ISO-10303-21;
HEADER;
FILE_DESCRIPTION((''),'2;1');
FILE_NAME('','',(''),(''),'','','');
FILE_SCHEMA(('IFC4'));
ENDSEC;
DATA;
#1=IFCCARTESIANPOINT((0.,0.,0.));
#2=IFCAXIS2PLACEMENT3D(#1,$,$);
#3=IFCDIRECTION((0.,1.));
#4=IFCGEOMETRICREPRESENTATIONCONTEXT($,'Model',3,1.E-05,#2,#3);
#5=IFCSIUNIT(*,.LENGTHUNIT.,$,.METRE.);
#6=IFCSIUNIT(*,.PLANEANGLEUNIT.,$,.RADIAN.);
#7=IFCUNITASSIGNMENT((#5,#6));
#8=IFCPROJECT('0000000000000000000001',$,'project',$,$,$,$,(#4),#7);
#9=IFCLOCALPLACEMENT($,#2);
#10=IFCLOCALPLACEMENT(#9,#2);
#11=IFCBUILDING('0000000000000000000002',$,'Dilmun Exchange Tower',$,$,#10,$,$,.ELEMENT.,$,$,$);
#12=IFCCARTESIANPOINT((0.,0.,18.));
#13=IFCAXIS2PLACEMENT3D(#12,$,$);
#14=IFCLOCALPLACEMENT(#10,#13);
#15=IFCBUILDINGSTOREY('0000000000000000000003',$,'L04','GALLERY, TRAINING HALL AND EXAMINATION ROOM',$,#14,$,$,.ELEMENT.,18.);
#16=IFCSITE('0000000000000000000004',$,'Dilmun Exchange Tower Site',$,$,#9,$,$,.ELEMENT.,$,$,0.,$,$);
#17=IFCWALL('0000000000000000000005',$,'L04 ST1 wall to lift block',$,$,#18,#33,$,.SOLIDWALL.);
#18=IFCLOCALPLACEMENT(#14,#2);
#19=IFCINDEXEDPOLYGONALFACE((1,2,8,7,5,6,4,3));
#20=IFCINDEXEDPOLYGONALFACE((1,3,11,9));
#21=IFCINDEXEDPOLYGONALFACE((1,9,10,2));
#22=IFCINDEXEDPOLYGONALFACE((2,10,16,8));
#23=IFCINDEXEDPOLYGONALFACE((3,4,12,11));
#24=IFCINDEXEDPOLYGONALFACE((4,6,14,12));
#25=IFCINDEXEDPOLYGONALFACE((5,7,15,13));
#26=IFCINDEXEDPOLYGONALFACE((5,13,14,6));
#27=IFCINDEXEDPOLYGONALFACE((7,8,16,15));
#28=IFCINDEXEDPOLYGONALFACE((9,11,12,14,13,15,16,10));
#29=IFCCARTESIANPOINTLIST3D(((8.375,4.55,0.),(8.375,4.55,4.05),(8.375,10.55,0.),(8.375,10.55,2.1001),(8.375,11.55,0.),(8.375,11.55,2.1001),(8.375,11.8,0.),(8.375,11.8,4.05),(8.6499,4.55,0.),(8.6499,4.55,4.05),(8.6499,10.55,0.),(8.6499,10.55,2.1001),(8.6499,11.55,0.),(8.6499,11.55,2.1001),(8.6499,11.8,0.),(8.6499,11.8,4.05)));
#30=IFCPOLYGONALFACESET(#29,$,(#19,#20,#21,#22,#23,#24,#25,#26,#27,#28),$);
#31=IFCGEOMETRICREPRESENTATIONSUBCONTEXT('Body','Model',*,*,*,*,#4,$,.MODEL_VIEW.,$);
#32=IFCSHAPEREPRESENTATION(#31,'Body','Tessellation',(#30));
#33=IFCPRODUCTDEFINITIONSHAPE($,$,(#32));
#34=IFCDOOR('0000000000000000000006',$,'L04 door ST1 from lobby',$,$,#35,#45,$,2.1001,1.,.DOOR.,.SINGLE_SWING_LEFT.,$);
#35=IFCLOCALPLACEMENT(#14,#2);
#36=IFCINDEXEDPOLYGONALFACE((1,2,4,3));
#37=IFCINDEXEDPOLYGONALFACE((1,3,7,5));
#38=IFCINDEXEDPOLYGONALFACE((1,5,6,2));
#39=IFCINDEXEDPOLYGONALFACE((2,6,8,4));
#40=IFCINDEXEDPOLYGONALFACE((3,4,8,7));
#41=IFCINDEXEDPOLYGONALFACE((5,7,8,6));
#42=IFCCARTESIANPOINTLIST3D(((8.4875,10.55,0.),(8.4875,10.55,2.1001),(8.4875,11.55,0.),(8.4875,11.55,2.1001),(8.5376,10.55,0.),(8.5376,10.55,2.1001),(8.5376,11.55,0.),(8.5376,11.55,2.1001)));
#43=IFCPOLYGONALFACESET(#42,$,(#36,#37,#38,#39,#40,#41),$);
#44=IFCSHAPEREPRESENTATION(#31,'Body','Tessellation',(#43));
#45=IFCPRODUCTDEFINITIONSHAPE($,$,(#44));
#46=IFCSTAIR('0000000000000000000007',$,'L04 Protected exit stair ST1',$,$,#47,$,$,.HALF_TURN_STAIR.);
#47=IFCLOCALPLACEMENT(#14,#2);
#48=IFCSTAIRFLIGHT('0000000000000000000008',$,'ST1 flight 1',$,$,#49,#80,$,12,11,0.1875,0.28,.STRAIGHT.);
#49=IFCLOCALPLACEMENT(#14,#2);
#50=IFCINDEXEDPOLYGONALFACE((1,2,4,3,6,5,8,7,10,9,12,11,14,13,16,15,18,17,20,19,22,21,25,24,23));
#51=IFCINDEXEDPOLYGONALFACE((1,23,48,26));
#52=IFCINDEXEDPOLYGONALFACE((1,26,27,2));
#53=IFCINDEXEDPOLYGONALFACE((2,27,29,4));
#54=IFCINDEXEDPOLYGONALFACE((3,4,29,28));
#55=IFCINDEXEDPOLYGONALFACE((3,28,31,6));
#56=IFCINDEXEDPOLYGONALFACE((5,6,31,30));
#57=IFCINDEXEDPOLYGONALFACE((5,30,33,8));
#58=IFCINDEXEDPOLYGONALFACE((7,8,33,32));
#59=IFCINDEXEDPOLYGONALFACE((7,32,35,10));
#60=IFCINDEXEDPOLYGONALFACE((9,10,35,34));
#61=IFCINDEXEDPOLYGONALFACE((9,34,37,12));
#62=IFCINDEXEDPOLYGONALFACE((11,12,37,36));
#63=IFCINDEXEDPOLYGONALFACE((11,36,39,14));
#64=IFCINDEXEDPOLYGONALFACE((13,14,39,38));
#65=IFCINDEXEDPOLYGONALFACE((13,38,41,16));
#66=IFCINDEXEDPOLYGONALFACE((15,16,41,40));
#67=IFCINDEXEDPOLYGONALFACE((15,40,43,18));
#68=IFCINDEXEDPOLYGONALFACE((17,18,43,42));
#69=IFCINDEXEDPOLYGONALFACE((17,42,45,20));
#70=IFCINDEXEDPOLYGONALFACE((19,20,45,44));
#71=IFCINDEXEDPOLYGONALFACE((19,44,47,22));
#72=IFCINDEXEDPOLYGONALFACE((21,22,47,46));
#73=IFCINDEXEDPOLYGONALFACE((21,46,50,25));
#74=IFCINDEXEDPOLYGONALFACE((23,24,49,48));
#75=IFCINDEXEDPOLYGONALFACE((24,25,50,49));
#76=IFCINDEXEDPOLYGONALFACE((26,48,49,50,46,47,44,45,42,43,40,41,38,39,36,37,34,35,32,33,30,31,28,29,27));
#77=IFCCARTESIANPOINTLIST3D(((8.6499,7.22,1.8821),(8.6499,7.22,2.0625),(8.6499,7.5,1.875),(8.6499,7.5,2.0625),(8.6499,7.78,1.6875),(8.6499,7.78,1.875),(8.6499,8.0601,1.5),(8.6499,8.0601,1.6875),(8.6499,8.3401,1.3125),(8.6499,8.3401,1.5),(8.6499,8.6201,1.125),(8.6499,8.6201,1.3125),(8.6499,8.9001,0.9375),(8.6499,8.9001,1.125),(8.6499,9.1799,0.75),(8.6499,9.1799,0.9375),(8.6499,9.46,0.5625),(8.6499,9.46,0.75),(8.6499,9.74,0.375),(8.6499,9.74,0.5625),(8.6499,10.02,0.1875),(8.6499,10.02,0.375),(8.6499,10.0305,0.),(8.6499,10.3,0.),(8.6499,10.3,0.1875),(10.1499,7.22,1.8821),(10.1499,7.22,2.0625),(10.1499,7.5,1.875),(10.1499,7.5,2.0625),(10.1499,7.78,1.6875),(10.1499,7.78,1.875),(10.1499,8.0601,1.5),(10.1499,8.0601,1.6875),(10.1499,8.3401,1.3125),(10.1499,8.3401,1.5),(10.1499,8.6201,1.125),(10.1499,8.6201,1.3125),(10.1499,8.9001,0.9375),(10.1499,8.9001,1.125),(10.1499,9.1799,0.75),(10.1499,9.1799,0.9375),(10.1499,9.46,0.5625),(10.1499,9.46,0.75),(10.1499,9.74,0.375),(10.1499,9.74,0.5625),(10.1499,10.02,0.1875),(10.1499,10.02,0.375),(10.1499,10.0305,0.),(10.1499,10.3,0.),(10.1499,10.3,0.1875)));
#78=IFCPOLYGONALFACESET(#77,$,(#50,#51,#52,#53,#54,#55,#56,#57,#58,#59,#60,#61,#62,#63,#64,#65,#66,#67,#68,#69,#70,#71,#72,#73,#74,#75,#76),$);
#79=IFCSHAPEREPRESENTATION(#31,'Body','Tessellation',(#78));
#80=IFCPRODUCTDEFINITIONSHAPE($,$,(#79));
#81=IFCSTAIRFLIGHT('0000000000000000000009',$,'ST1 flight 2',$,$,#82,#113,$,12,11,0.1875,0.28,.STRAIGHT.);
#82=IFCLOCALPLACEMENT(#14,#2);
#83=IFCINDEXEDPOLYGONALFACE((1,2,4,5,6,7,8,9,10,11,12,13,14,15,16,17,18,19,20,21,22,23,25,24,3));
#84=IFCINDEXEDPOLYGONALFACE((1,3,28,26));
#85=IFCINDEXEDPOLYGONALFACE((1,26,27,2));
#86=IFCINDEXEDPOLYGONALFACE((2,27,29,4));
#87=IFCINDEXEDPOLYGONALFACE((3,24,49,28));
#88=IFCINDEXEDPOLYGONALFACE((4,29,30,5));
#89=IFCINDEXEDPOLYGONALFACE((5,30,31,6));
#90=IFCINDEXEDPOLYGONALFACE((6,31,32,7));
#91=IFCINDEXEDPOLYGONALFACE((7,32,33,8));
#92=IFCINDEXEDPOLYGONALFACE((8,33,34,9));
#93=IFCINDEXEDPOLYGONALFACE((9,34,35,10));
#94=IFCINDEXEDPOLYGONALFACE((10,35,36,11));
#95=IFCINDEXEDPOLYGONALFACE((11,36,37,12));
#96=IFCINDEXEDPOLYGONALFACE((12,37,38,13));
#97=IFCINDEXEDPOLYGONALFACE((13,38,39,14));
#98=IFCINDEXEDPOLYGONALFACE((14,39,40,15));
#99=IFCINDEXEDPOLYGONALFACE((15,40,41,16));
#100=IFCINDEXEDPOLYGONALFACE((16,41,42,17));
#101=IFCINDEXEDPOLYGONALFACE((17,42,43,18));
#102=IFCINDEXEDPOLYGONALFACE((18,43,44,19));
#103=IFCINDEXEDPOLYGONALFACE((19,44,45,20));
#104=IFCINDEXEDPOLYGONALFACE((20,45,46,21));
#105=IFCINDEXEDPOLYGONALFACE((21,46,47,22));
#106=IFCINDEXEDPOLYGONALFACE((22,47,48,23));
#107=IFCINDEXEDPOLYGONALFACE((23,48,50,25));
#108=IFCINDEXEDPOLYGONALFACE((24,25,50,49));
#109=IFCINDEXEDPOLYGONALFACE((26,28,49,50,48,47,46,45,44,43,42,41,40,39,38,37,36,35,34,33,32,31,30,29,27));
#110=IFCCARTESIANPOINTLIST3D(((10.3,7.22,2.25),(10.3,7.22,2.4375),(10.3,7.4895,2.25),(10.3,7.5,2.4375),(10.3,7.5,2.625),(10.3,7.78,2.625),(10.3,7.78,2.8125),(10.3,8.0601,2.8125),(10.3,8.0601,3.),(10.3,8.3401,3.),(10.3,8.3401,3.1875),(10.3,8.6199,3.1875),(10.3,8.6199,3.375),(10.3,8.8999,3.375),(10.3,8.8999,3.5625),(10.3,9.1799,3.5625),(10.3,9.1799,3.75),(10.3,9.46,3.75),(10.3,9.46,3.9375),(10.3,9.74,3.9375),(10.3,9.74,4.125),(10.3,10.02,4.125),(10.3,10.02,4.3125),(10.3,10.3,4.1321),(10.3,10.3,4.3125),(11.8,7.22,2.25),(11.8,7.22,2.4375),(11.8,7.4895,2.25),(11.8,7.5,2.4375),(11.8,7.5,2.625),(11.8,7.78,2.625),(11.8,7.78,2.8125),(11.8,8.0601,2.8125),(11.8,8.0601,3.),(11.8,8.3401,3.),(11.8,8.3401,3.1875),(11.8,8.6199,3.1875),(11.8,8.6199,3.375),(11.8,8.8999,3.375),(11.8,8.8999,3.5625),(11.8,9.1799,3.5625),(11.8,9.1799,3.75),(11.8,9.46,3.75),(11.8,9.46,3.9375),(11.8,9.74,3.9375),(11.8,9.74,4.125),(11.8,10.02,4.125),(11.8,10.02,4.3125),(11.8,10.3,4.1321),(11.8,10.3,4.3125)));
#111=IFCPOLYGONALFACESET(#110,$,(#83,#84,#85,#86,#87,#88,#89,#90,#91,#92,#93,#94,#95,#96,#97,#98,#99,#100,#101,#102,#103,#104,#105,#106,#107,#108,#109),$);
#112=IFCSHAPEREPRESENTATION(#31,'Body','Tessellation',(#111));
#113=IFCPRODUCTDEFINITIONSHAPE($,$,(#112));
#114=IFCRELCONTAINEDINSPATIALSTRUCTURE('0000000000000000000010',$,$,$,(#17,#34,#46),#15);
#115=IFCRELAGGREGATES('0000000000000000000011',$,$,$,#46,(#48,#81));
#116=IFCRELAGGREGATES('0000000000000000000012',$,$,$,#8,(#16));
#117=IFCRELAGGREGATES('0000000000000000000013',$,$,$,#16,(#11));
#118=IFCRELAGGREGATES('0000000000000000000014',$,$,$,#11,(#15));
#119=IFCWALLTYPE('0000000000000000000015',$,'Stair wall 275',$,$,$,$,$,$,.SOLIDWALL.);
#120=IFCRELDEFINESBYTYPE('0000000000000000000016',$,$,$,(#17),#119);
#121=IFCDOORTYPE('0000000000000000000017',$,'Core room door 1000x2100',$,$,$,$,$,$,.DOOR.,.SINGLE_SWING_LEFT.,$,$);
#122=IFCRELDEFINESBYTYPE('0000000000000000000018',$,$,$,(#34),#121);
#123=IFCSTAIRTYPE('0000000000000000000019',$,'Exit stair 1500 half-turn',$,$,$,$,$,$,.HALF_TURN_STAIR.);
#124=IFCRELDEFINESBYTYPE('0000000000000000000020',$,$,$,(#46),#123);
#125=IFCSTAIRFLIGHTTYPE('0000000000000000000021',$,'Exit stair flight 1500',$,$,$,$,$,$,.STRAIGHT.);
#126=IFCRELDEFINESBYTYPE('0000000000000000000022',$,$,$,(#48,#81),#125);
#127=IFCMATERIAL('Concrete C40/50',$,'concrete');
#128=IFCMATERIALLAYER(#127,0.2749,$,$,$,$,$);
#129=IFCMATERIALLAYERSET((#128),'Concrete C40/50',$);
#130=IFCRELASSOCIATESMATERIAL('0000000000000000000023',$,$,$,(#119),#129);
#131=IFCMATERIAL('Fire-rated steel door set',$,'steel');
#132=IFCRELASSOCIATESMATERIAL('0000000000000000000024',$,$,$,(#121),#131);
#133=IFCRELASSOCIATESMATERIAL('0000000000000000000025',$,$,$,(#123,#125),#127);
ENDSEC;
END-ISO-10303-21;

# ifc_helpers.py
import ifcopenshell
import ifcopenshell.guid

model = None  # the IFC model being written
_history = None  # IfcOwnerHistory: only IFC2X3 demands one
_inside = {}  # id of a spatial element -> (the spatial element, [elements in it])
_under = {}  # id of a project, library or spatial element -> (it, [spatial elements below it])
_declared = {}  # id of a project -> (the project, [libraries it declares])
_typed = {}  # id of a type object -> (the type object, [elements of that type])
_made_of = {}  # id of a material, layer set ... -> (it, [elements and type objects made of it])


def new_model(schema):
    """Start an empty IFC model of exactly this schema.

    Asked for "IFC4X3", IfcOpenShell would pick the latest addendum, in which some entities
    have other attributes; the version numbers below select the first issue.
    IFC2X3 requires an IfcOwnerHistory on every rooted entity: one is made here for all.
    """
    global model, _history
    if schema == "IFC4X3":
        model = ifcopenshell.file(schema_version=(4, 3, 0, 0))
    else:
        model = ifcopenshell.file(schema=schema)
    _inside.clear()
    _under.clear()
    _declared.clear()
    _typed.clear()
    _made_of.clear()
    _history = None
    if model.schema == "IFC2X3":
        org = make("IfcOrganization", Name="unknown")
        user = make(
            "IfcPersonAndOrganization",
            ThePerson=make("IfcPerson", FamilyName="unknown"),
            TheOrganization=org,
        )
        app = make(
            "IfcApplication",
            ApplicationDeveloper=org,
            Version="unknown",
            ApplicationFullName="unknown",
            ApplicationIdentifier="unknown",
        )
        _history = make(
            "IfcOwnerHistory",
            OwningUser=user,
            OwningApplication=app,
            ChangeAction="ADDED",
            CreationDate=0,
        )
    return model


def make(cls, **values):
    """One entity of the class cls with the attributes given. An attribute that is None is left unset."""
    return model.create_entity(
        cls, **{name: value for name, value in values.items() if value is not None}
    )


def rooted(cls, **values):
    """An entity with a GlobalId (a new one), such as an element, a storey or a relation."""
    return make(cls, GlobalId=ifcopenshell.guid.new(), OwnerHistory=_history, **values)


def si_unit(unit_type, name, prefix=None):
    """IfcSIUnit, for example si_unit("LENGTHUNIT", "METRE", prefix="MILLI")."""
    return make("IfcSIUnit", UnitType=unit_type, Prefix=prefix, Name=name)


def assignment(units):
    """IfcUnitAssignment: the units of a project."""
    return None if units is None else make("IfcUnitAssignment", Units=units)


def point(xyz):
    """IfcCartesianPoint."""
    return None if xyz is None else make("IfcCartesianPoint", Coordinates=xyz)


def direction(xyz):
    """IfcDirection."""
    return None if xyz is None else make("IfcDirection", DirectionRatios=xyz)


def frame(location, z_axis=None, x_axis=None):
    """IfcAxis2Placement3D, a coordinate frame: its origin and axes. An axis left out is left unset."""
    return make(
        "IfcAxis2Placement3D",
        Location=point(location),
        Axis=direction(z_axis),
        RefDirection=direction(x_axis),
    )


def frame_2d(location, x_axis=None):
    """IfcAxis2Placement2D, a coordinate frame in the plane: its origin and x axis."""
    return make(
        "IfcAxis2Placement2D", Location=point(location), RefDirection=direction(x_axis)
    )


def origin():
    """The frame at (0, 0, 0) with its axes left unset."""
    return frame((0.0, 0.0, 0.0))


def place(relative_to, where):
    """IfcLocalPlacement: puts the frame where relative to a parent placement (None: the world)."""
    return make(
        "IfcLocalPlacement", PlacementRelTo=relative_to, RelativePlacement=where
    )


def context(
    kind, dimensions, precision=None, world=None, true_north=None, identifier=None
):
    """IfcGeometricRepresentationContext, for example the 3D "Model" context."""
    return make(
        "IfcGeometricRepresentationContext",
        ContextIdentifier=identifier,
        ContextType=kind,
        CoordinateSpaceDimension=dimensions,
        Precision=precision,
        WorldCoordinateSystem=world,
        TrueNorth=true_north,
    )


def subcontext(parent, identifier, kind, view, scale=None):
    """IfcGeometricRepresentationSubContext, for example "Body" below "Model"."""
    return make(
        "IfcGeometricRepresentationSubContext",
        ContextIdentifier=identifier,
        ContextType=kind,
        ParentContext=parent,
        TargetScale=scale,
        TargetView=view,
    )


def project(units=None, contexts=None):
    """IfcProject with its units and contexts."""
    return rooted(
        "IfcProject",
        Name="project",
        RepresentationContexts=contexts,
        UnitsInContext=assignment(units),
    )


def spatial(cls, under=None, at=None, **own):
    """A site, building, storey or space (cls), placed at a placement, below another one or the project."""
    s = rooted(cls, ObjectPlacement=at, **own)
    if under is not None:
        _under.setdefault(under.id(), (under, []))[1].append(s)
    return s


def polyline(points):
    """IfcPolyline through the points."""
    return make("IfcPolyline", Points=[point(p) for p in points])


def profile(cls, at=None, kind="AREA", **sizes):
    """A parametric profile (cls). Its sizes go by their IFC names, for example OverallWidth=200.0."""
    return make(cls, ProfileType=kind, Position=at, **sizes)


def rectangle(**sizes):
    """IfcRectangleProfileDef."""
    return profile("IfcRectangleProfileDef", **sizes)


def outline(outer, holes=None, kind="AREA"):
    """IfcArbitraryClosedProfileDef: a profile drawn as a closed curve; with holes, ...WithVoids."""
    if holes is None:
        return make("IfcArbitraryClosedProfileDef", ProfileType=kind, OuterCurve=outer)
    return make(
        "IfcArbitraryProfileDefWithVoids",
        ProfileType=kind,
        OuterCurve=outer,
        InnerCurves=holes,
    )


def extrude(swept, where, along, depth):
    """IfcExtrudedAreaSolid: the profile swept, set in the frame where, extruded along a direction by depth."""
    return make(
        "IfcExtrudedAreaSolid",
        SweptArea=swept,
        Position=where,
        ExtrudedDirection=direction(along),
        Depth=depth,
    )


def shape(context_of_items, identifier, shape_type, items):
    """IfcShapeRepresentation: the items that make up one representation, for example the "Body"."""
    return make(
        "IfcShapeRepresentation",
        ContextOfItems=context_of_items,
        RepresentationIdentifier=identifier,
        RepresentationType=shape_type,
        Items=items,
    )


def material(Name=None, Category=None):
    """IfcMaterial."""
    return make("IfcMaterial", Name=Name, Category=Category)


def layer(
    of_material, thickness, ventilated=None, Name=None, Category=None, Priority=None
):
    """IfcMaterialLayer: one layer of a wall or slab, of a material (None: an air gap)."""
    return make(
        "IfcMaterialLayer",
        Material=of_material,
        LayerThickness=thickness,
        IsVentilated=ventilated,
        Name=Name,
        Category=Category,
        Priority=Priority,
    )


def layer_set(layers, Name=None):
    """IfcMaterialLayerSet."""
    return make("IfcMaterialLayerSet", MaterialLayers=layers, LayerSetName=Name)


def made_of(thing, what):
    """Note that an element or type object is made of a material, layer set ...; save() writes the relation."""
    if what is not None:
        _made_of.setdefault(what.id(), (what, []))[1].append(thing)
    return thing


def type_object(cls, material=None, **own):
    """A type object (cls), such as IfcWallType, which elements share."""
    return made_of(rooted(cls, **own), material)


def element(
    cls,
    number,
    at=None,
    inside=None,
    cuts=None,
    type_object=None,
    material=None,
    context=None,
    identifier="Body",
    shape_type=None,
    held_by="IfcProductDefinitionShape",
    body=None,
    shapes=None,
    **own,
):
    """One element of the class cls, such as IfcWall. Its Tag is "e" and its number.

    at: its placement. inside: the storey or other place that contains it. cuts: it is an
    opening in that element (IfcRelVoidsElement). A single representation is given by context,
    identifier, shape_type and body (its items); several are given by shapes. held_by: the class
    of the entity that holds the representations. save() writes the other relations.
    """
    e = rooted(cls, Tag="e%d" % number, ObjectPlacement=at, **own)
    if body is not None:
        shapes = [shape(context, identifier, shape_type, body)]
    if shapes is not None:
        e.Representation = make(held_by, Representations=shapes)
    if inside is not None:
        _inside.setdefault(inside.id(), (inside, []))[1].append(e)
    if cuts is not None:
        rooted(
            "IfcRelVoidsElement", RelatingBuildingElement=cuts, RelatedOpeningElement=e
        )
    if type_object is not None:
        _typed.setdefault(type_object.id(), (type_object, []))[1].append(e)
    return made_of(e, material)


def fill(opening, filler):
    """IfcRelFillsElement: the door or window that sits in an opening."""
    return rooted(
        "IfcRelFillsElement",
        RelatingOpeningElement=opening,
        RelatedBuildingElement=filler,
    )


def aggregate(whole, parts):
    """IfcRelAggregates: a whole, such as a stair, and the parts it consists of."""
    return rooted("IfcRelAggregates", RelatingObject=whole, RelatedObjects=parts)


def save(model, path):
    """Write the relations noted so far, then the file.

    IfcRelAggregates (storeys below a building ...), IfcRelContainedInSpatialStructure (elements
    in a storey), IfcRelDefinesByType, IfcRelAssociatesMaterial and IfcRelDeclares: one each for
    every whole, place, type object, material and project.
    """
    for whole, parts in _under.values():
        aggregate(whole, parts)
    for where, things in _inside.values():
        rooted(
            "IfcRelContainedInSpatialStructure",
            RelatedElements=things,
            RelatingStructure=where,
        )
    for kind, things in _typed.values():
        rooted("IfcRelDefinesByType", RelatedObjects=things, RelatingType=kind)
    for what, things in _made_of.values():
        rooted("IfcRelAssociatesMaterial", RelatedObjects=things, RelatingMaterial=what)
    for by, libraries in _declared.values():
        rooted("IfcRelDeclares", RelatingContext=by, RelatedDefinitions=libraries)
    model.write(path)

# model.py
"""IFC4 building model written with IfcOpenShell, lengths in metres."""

from ifc_helpers import new_model, si_unit, direction, frame, frame_2d, origin, place, context, subcontext, project, spatial, polyline, rectangle, outline, extrude, material, layer, layer_set, type_object, element, fill, aggregate, save


model = new_model("IFC4")

# Units and contexts
model_context = context("Model", 3, precision=1e-05, world=origin(), true_north=direction((0.0, 1.0)))
body_context = subcontext(model_context, "Body", "Model", "MODEL_VIEW")
ifc_project = project(units=[si_unit("LENGTHUNIT", "METRE"), si_unit("PLANEANGLEUNIT", "RADIAN")], contexts=[model_context])

# Site, building, storey
site_placement = place(None, origin())
site = spatial("IfcSite", under=ifc_project, at=site_placement, Name="Dilmun Exchange Tower Site", CompositionType="ELEMENT", RefElevation=0.0)
building_placement = place(site_placement, origin())
building = spatial("IfcBuilding", under=site, at=building_placement, Name="Dilmun Exchange Tower", CompositionType="ELEMENT")
storey_placement = place(building_placement, frame((0.0, 0.0, 18.0)))
storey = spatial("IfcBuildingStorey", under=building, at=storey_placement, Name="L04", Description="GALLERY, TRAINING HALL AND EXAMINATION ROOM", CompositionType="ELEMENT", Elevation=18.0)

# Shared definitions
ifc_material_1 = material(Name="Concrete C40/50", Category="concrete")

# Wall, opening, door
ifc_layer_1 = layer(ifc_material_1, 0.2749)
ifc_layer_set_1 = layer_set([ifc_layer_1], Name="Concrete C40/50")
wall_type_1 = type_object("IfcWallType", Name="Stair wall 275", PredefinedType="SOLIDWALL", material=ifc_layer_set_1)
wall_1_placement = place(storey_placement, frame((8.5125, 4.55, 0.0), z_axis=(0.0, 0.0, 1.0), x_axis=(0.0, 1.0, 0.0)))
wall_1 = element("IfcWall", 1, at=wall_1_placement, inside=storey, type_object=wall_type_1, Name="L04 ST1 wall to lift block", PredefinedType="SOLIDWALL", context=body_context, shape_type="SweptSolid", body=[
    extrude(rectangle(XDim=7.25, YDim=0.2749, at=frame_2d((3.625, 0.0))), origin(), (0.0, 0.0, 1.0), 4.05),
])
opening_placement = place(wall_1_placement, frame((6.0, 0.0, 0.0)))
opening = element("IfcOpeningElement", 2, at=opening_placement, cuts=wall_1, PredefinedType="OPENING", context=body_context, shape_type="SweptSolid", body=[
    extrude(rectangle(XDim=1.0, YDim=2.1001, at=frame_2d((0.5, 1.05))), frame((0.0, 0.1475, 0.0), z_axis=(0.0, -1.0, 0.0), x_axis=(1.0, 0.0, 0.0)), (0.0, 0.0, 1.0), 0.2949),
])
ifc_material_2 = material(Name="Fire-rated steel door set", Category="steel")
door_type = type_object("IfcDoorType", Name="Core room door 1000x2100", OperationType="SINGLE_SWING_LEFT", PredefinedType="DOOR", material=ifc_material_2)
door_placement = place(opening_placement, origin())
door = element("IfcDoor", 3, at=door_placement, inside=storey, type_object=door_type, Name="L04 door ST1 from lobby", OperationType="SINGLE_SWING_LEFT", OverallHeight=2.1001, OverallWidth=1.0, PredefinedType="DOOR", context=body_context, shape_type="SweptSolid", body=[
    extrude(rectangle(XDim=1.0, YDim=2.1001, at=frame_2d((0.5, 1.05))), frame((0.0, 0.0249, 0.0), z_axis=(0.0, -1.0, 0.0), x_axis=(1.0, 0.0, 0.0)), (0.0, 0.0, 1.0), 0.05),
])
fill(opening, door)

# Stair, stair flights
stair_type = type_object("IfcStairType", Name="Exit stair 1500 half-turn", PredefinedType="HALF_TURN_STAIR", material=ifc_material_1)
stair_placement = place(storey_placement, origin())
stair = element("IfcStair", 4, at=stair_placement, inside=storey, type_object=stair_type, Name="L04 Protected exit stair ST1", PredefinedType="HALF_TURN_STAIR")
stair_flight_type = type_object("IfcStairFlightType", Name="Exit stair flight 1500", PredefinedType="STRAIGHT", material=ifc_material_1)
stair_flight_1_placement = place(storey_placement, frame((9.3999, 10.3, 0.0), z_axis=(0.0, 0.0, 1.0), x_axis=(0.0, -1.0, 0.0)))
stair_flight_1 = element("IfcStairFlight", 5, at=stair_flight_1_placement, type_object=stair_flight_type, Name="ST1 flight 1", NumberOfRisers=12, NumberOfTreads=11, PredefinedType="STRAIGHT", RiserHeight=0.1875, TreadLength=0.28, context=body_context, shape_type="SweptSolid", body=[
    extrude(outline(polyline([(0.0, 0.0), (0.0, 0.1875), (0.28, 0.1875), (0.28, 0.375), (0.5601, 0.375), (0.5601, 0.5625), (0.8401, 0.5625), (0.8401, 0.75), (1.1201, 0.75), (1.1201, 0.9375), (1.3999, 0.9375), (1.3999, 1.125), (1.6799, 1.125), (1.6799, 1.3125), (1.96, 1.3125), (1.96, 1.5), (2.24, 1.5), (2.24, 1.6875), (2.52, 1.6875), (2.52, 1.875), (2.8, 1.875), (2.8, 2.0625), (3.0801, 2.0625), (3.0801, 2.25), (3.0801, 1.8821), (0.2695, 0.0), (0.0, 0.0)])), frame((0.0, 0.75, 0.0), z_axis=(0.0, -1.0, 0.0), x_axis=(1.0, 0.0, 0.0)), (0.0, 0.0, 1.0), 1.5),
])
stair_flight_2_placement = place(storey_placement, frame((11.05, 7.22, 2.25), z_axis=(0.0, 0.0, 1.0), x_axis=(0.0, 1.0, 0.0)))
stair_flight_2 = element("IfcStairFlight", 6, at=stair_flight_2_placement, type_object=stair_flight_type, Name="ST1 flight 2", NumberOfRisers=12, NumberOfTreads=11, PredefinedType="STRAIGHT", RiserHeight=0.1875, TreadLength=0.28, context=body_context, shape_type="SweptSolid", body=[
    extrude(outline(polyline([(0.0, 0.0), (0.0, 0.1875), (0.28, 0.1875), (0.28, 0.375), (0.5601, 0.375), (0.5601, 0.5625), (0.8401, 0.5625), (0.8401, 0.75), (1.1201, 0.75), (1.1201, 0.9375), (1.3999, 0.9375), (1.3999, 1.125), (1.6799, 1.125), (1.6799, 1.3125), (1.96, 1.3125), (1.96, 1.5), (2.24, 1.5), (2.24, 1.6875), (2.52, 1.6875), (2.52, 1.875), (2.8, 1.875), (2.8, 2.0625), (3.0801, 2.0625), (3.0801, 2.25), (3.0801, 1.8821), (0.2695, 0.0), (0.0, 0.0)])), frame((0.0, 0.75, 0.0), z_axis=(0.0, -1.0, 0.0), x_axis=(1.0, 0.0, 0.0)), (0.0, 0.0, 1.0), 1.5),
])
aggregate(stair, [stair_flight_1, stair_flight_2])

save(model, "model.ifc")
